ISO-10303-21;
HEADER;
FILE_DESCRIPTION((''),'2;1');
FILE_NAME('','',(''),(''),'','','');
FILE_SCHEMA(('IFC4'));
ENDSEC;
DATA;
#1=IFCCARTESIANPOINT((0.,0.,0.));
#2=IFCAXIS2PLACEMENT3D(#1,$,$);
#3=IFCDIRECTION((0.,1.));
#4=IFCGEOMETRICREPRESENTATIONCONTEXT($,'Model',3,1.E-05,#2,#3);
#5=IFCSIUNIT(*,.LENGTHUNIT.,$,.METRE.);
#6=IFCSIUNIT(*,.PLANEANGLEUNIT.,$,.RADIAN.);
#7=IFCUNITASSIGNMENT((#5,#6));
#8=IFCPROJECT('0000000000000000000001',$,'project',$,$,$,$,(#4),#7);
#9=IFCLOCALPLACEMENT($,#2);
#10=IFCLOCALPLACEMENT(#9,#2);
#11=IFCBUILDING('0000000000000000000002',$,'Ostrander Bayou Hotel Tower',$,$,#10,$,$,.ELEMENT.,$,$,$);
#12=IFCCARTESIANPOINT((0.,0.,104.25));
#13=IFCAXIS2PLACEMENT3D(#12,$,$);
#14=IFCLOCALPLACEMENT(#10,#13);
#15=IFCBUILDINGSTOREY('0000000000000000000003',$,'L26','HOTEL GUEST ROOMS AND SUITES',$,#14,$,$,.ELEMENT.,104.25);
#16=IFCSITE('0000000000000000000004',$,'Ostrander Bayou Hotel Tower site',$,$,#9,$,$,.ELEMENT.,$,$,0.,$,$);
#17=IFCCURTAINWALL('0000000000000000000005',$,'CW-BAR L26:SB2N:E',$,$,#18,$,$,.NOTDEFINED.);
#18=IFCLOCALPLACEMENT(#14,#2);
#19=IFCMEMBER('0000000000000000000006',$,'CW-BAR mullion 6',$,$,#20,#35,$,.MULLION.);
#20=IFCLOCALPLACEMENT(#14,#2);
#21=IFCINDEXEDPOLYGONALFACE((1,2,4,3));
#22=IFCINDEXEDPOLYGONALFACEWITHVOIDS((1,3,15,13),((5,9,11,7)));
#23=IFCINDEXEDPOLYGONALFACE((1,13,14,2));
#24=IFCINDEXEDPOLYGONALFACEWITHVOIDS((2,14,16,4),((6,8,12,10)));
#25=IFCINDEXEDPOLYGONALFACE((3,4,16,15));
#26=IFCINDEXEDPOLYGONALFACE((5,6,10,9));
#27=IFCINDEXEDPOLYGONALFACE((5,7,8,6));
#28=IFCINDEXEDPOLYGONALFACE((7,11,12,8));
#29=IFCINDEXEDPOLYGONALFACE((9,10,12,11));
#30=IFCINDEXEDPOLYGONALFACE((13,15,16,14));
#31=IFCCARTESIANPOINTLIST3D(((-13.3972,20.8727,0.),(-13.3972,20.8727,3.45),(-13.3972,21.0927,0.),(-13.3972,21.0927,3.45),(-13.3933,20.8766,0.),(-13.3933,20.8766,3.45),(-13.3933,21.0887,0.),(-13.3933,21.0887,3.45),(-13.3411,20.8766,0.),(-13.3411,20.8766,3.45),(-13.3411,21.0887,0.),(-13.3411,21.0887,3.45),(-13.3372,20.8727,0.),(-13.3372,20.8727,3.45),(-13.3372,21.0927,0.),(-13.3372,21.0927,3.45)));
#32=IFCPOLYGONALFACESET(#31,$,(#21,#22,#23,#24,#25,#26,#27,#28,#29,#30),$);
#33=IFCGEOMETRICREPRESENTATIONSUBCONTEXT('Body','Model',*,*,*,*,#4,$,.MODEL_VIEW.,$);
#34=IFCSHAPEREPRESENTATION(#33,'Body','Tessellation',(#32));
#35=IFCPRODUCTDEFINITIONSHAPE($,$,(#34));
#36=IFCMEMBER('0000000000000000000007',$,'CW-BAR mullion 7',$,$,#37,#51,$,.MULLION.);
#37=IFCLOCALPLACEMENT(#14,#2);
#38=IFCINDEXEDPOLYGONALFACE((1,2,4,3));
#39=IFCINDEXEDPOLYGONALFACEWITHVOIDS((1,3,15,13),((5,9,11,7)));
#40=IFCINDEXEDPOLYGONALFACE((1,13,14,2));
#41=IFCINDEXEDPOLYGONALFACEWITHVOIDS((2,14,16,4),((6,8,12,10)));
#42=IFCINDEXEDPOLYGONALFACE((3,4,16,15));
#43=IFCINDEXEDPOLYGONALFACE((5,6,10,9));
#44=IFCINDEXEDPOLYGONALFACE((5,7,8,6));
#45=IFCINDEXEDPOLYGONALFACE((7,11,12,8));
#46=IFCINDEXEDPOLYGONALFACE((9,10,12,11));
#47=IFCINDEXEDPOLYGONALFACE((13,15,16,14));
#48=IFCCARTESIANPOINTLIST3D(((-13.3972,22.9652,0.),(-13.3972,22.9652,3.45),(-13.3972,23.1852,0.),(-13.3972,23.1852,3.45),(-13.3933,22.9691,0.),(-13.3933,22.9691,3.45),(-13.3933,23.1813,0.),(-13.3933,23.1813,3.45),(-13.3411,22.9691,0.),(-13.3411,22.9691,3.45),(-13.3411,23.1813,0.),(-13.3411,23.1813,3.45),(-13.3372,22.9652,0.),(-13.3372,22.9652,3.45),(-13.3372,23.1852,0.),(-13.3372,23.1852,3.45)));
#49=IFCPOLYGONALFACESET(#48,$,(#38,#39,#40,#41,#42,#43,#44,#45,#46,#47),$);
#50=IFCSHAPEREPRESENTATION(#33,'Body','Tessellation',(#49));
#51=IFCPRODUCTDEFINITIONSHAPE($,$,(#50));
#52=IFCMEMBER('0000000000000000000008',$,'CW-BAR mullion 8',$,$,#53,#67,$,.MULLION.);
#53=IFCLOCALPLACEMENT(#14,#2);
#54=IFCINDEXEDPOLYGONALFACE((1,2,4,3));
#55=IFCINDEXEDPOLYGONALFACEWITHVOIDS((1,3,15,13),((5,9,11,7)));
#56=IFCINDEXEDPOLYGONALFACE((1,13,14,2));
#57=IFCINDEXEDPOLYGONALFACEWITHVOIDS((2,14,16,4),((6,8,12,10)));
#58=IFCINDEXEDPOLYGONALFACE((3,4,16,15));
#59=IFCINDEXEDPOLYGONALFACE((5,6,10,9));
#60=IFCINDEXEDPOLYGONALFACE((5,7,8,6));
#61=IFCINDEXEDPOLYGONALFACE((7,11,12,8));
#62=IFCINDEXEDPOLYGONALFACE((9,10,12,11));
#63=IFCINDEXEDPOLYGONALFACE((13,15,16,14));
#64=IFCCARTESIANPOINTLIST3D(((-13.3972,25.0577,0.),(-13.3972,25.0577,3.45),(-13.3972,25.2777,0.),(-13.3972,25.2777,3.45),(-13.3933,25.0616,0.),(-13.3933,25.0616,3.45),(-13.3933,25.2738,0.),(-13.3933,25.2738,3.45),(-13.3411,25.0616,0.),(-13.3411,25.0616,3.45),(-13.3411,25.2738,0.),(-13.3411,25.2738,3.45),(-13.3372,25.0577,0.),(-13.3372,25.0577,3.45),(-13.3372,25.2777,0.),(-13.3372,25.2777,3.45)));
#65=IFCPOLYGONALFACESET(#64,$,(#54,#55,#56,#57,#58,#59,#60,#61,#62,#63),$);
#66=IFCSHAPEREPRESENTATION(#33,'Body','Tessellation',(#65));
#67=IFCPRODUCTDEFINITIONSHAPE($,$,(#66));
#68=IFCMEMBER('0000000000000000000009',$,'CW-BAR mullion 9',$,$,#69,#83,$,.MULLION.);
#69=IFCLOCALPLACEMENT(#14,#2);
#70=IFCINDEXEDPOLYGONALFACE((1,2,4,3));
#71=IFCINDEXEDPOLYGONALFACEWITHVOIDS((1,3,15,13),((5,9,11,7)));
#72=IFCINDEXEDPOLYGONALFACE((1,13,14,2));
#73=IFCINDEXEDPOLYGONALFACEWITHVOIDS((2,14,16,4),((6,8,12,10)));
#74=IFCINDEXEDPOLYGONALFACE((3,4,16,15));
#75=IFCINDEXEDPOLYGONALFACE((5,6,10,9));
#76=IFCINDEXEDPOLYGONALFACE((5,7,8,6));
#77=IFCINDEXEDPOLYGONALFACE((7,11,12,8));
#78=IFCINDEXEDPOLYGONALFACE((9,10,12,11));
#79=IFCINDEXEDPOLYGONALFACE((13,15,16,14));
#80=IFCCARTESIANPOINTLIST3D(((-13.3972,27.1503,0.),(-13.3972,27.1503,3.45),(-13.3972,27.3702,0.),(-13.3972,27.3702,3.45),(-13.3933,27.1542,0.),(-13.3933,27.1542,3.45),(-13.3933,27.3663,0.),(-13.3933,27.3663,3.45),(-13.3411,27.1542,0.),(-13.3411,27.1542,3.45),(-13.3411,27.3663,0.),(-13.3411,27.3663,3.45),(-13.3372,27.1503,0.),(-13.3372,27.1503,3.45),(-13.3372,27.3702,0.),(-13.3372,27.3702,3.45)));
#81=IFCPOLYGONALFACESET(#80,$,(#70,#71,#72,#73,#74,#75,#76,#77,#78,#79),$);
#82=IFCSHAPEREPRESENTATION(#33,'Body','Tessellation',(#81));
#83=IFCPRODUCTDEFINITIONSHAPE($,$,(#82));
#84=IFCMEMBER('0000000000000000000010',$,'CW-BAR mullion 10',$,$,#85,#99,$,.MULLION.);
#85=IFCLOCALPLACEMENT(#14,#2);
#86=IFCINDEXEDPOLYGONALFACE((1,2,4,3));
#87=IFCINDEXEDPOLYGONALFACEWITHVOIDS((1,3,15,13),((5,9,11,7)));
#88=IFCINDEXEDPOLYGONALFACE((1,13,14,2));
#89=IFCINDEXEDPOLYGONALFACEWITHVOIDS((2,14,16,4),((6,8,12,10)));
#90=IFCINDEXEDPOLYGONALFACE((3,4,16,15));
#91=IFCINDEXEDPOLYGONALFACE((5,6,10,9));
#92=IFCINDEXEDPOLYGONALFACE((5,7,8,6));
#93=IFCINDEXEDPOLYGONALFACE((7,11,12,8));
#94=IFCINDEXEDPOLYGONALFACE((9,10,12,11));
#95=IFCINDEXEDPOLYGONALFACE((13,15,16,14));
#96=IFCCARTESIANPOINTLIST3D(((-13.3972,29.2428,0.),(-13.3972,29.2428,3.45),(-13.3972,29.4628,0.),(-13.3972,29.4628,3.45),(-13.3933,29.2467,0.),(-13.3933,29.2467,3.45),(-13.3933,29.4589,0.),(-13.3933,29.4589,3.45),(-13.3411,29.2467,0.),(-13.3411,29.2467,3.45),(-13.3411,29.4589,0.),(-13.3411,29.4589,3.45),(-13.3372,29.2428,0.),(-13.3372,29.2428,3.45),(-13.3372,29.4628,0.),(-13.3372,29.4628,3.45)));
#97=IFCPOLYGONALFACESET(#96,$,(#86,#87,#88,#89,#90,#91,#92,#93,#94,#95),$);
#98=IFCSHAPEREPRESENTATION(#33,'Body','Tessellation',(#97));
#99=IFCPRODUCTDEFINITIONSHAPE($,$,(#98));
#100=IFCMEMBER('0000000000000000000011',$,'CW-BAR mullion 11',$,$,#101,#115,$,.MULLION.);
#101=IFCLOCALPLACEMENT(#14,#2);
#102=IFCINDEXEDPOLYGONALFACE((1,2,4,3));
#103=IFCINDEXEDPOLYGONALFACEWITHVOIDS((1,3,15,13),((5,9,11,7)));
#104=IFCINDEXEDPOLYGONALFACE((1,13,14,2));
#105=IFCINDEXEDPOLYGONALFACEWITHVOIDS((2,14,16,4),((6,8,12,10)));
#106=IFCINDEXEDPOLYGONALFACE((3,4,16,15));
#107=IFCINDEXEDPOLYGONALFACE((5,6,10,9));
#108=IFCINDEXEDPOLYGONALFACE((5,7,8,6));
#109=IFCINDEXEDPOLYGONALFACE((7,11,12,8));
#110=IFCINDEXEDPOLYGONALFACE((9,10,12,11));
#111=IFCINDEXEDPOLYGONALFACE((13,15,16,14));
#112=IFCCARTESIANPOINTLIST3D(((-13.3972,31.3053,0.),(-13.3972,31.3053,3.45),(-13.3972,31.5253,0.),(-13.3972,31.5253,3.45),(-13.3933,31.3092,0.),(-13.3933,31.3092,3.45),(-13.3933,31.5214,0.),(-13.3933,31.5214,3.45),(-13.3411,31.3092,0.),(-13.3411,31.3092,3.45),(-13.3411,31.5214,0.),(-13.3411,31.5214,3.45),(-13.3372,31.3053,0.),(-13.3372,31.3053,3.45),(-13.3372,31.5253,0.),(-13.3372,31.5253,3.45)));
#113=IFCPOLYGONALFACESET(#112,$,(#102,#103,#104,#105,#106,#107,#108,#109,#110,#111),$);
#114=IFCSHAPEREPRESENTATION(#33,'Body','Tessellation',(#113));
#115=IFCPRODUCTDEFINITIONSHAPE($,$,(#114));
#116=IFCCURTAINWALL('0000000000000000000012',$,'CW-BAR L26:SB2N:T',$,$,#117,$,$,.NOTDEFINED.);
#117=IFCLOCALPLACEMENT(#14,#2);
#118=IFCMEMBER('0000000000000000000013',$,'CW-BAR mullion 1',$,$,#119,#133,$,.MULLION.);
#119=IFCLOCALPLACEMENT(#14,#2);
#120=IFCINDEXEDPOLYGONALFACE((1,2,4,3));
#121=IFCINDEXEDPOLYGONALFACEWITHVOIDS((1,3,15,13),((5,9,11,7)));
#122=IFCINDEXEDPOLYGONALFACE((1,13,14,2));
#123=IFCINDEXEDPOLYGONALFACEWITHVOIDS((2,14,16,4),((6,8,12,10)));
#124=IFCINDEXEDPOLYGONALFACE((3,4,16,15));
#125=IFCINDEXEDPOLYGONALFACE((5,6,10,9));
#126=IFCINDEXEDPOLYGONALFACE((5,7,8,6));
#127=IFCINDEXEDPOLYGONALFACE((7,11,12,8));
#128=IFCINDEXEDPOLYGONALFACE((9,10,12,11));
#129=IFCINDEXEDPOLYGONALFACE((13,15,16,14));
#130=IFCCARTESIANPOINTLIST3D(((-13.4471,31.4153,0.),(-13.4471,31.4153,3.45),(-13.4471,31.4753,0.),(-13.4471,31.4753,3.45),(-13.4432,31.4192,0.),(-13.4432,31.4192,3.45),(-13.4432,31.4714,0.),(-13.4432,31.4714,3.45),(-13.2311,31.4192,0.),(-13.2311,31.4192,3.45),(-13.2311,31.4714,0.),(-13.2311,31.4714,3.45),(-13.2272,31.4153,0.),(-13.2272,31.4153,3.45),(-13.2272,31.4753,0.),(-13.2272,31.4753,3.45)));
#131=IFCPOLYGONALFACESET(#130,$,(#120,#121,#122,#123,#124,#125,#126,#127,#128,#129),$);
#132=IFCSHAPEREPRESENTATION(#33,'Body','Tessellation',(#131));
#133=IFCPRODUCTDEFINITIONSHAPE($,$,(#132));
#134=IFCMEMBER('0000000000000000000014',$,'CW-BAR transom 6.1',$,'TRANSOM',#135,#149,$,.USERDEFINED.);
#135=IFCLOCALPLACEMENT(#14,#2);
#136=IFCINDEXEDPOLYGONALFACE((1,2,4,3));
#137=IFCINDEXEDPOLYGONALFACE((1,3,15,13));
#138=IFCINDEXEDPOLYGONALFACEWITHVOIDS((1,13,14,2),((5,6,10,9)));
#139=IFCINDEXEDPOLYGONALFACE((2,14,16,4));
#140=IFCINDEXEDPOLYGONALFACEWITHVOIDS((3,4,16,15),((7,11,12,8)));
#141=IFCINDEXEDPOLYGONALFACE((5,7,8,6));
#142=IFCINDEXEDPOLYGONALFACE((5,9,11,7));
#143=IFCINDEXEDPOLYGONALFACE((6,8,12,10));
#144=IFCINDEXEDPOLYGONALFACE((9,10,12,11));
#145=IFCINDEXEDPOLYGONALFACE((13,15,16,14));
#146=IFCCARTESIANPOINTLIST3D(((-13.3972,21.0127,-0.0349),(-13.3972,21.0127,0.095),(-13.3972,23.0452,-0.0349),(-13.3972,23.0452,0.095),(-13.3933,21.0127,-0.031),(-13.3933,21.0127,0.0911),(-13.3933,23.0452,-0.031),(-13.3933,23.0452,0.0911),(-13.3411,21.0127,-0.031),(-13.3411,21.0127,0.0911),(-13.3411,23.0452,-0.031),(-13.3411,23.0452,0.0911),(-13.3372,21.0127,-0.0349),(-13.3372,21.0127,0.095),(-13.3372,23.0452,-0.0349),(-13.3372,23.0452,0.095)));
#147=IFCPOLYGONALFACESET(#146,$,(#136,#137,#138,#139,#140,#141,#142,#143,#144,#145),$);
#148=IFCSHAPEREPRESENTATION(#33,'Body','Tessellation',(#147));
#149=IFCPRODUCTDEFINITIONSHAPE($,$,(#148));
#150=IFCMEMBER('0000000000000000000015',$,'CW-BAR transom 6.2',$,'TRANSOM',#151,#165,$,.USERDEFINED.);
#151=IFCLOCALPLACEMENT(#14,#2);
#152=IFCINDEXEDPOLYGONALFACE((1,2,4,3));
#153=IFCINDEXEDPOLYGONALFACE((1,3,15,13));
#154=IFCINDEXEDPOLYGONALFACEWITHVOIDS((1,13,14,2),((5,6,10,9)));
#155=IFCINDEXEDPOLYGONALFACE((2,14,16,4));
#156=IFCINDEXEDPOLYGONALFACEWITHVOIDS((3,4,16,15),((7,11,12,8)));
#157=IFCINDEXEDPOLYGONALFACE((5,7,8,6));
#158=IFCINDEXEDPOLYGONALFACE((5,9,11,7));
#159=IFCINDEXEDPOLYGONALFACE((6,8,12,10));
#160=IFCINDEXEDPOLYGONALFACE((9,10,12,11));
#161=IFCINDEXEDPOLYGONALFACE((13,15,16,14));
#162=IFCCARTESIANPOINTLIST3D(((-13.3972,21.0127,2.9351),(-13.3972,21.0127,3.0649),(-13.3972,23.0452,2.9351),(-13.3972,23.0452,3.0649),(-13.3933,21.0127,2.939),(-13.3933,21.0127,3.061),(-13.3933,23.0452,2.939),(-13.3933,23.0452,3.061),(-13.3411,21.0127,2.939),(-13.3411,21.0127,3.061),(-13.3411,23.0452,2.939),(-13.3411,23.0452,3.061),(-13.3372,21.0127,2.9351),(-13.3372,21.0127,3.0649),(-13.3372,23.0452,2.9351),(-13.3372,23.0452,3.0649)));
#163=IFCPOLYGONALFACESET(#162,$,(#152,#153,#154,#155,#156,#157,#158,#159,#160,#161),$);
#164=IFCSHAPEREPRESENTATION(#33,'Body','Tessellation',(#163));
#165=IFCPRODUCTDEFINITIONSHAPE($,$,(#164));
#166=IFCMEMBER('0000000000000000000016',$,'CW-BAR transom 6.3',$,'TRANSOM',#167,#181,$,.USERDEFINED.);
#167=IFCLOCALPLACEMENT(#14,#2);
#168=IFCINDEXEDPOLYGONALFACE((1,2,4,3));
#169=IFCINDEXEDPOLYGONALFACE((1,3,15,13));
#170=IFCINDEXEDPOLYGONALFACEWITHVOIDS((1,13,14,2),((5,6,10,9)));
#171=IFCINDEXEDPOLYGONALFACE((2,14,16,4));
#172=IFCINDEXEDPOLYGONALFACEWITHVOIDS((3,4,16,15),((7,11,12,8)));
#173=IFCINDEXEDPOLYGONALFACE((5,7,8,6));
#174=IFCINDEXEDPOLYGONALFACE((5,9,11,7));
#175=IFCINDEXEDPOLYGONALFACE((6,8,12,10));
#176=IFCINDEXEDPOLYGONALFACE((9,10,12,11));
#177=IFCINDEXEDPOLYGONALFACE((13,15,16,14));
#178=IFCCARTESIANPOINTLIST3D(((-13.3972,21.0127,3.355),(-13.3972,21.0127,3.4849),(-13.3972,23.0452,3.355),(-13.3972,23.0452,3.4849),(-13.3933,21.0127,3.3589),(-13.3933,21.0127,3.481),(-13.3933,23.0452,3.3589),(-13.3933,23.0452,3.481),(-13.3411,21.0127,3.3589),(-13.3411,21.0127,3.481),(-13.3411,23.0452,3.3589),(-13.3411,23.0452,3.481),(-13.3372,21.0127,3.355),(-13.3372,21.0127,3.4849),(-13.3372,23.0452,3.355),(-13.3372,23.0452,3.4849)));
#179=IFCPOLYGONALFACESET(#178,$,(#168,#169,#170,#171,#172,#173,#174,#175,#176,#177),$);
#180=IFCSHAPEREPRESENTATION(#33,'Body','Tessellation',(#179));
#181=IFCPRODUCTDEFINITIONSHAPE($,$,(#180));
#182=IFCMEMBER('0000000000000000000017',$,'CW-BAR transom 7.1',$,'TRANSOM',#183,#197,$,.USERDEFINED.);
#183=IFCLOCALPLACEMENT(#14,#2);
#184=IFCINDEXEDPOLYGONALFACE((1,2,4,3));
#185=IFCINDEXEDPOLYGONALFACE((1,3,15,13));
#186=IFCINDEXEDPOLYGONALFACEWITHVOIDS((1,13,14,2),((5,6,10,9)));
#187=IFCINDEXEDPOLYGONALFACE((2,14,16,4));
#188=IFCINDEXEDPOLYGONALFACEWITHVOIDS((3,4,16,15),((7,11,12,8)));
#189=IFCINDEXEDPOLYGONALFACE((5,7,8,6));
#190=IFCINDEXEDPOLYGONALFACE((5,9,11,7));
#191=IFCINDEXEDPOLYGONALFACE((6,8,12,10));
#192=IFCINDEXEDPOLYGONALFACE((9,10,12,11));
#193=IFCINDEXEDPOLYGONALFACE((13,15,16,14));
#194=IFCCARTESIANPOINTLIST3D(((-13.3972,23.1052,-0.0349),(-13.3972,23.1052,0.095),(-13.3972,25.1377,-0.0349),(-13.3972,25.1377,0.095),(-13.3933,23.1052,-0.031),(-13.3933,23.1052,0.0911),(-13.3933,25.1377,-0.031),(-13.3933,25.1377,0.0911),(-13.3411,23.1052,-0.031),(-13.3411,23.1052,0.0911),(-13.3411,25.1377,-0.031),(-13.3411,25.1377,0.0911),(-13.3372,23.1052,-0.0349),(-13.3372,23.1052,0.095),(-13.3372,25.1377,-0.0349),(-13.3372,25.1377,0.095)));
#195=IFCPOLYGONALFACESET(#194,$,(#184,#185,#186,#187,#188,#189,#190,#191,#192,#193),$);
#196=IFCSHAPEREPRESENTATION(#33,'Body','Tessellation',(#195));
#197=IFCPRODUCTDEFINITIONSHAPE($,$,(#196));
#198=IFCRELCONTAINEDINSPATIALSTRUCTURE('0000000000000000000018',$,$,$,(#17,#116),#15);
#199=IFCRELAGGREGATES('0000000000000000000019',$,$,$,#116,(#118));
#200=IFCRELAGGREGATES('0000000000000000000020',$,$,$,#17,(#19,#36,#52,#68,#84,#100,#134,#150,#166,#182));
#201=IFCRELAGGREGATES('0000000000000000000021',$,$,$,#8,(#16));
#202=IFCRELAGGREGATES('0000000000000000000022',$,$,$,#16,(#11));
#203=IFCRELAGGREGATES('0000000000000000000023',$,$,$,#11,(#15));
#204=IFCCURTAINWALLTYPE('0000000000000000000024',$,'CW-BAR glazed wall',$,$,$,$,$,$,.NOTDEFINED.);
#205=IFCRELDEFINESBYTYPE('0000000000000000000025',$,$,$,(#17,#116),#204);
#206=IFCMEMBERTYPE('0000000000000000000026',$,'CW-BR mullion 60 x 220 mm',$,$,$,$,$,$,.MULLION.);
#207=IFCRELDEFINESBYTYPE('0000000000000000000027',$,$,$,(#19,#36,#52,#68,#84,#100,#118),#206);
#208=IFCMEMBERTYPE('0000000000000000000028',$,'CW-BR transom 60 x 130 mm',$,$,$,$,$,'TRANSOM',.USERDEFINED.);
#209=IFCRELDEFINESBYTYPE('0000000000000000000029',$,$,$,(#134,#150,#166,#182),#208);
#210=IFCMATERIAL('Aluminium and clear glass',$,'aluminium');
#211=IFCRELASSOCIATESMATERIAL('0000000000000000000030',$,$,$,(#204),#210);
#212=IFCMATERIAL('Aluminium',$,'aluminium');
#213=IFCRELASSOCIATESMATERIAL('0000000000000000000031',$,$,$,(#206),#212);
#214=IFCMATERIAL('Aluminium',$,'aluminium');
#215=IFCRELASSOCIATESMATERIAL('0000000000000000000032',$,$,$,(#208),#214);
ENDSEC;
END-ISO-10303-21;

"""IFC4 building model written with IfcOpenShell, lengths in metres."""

from ifc_helpers import new_model, si_unit, direction, frame, origin, origin_2d, place, context, subcontext, project, spatial, hollow_rectangle, extrude, material, material_profile, profile_set, type_object, element, aggregate, save


model = new_model("IFC4")

# Units and contexts
model_context = context("Model", 3, precision=1e-05, world=origin(), true_north=direction((0.0, 1.0)))
body_context = subcontext(model_context, "Body", "Model", "MODEL_VIEW")
ifc_project = project(units=[si_unit("LENGTHUNIT", "METRE"), si_unit("PLANEANGLEUNIT", "RADIAN")], contexts=[model_context])

# Site, building, storey
site_placement = place(None, origin())
site = spatial("IfcSite", under=ifc_project, at=site_placement, Name="Ostrander Bayou Hotel Tower site", CompositionType="ELEMENT", RefElevation=0.0)
building_placement = place(site_placement, origin())
building = spatial("IfcBuilding", under=site, at=building_placement, Name="Ostrander Bayou Hotel Tower", CompositionType="ELEMENT")
storey_placement = place(building_placement, frame((0.0, 0.0, 104.25)))
storey = spatial("IfcBuildingStorey", under=building, at=storey_placement, Name="L26", Description="HOTEL GUEST ROOMS AND SUITES", CompositionType="ELEMENT", Elevation=104.25)

# Curtain wall, members
ifc_material_1 = material(Name="Aluminium and clear glass", Category="aluminium")
curtain_wall_type = type_object("IfcCurtainWallType", Name="CW-BAR glazed wall", PredefinedType="NOTDEFINED", material=ifc_material_1)
curtain_wall_1_placement = place(storey_placement, origin())
curtain_wall_1 = element("IfcCurtainWall", 1, at=curtain_wall_1_placement, inside=storey, type_object=curtain_wall_type, Name="CW-BAR L26:SB2N:E", PredefinedType="NOTDEFINED")
ifc_material_2 = material(Name="Aluminium", Category="aluminium")
ifc_material_profile_1 = material_profile(ifc_material_2, hollow_rectangle(XDim=0.0601, YDim=0.22, WallThickness=0.0039, at=origin_2d()))
ifc_profile_set_1 = profile_set([ifc_material_profile_1], Name="Aluminium")
member_type_1 = type_object("IfcMemberType", Name="CW-BR mullion 60 x 220 mm", PredefinedType="MULLION", material=ifc_profile_set_1)
member_1_placement = place(storey_placement, frame((-13.3672, 20.9827, 0.0), z_axis=(0.0, 0.0, 1.0), x_axis=(-1.0, 0.0, 0.0)))
member_1 = element("IfcMember", 2, at=member_1_placement, type_object=member_type_1, Name="CW-BAR mullion 6", PredefinedType="MULLION", context=body_context, shape_type="SweptSolid", body=[
    extrude(hollow_rectangle(XDim=0.0601, YDim=0.22, WallThickness=0.0039, at=origin_2d()), origin(), (0.0, 0.0, 1.0), 3.45),
])
member_2_placement = place(storey_placement, frame((-13.3672, 23.0752, 0.0), z_axis=(0.0, 0.0, 1.0), x_axis=(-1.0, 0.0, 0.0)))
member_2 = element("IfcMember", 3, at=member_2_placement, type_object=member_type_1, Name="CW-BAR mullion 7", PredefinedType="MULLION", context=body_context, shape_type="SweptSolid", body=[
    extrude(hollow_rectangle(XDim=0.0601, YDim=0.22, WallThickness=0.0039, at=origin_2d()), origin(), (0.0, 0.0, 1.0), 3.45),
])
member_3_placement = place(storey_placement, frame((-13.3672, 25.1677, 0.0), z_axis=(0.0, 0.0, 1.0), x_axis=(-1.0, 0.0, 0.0)))
member_3 = element("IfcMember", 4, at=member_3_placement, type_object=member_type_1, Name="CW-BAR mullion 8", PredefinedType="MULLION", context=body_context, shape_type="SweptSolid", body=[
    extrude(hollow_rectangle(XDim=0.0601, YDim=0.22, WallThickness=0.0039, at=origin_2d()), origin(), (0.0, 0.0, 1.0), 3.45),
])
member_4_placement = place(storey_placement, frame((-13.3672, 27.2603, 0.0), z_axis=(0.0, 0.0, 1.0), x_axis=(-1.0, 0.0, 0.0)))
member_4 = element("IfcMember", 5, at=member_4_placement, type_object=member_type_1, Name="CW-BAR mullion 9", PredefinedType="MULLION", context=body_context, shape_type="SweptSolid", body=[
    extrude(hollow_rectangle(XDim=0.0601, YDim=0.22, WallThickness=0.0039, at=origin_2d()), origin(), (0.0, 0.0, 1.0), 3.45),
])
member_5_placement = place(storey_placement, frame((-13.3672, 29.3528, 0.0), z_axis=(0.0, 0.0, 1.0), x_axis=(-1.0, 0.0, 0.0)))
member_5 = element("IfcMember", 6, at=member_5_placement, type_object=member_type_1, Name="CW-BAR mullion 10", PredefinedType="MULLION", context=body_context, shape_type="SweptSolid", body=[
    extrude(hollow_rectangle(XDim=0.0601, YDim=0.22, WallThickness=0.0039, at=origin_2d()), origin(), (0.0, 0.0, 1.0), 3.45),
])
member_6_placement = place(storey_placement, frame((-13.3672, 31.4153, 0.0), z_axis=(0.0, 0.0, 1.0), x_axis=(-1.0, 0.0, 0.0)))
member_6 = element("IfcMember", 7, at=member_6_placement, type_object=member_type_1, Name="CW-BAR mullion 11", PredefinedType="MULLION", context=body_context, shape_type="SweptSolid", body=[
    extrude(hollow_rectangle(XDim=0.0601, YDim=0.22, WallThickness=0.0039, at=origin_2d()), origin(), (0.0, 0.0, 1.0), 3.45),
])

# Curtain wall, member
curtain_wall_2_placement = place(storey_placement, origin())
curtain_wall_2 = element("IfcCurtainWall", 8, at=curtain_wall_2_placement, inside=storey, type_object=curtain_wall_type, Name="CW-BAR L26:SB2N:T", PredefinedType="NOTDEFINED")
member_7_placement = place(storey_placement, frame((-13.3372, 31.4453, 0.0), z_axis=(0.0, 0.0, 1.0), x_axis=(0.0, 1.0, 0.0)))
member_7 = element("IfcMember", 9, at=member_7_placement, type_object=member_type_1, Name="CW-BAR mullion 1", PredefinedType="MULLION", context=body_context, shape_type="SweptSolid", body=[
    extrude(hollow_rectangle(XDim=0.0601, YDim=0.22, WallThickness=0.0039, at=origin_2d()), origin(), (0.0, 0.0, 1.0), 3.45),
])
aggregate(curtain_wall_2, [member_7])

# Members
ifc_material_3 = material(Name="Aluminium", Category="aluminium")
ifc_material_profile_2 = material_profile(ifc_material_3, hollow_rectangle(XDim=0.0601, YDim=0.1299, WallThickness=0.0039, at=origin_2d()))
ifc_profile_set_2 = profile_set([ifc_material_profile_2], Name="Aluminium")
member_type_2 = type_object("IfcMemberType", Name="CW-BR transom 60 x 130 mm", ElementType="TRANSOM", PredefinedType="USERDEFINED", material=ifc_profile_set_2)
member_8_placement = place(storey_placement, frame((-13.3672, 21.0127, 0.03), z_axis=(0.0, 1.0, 0.0), x_axis=(-1.0, 0.0, 0.0)))
member_8 = element("IfcMember", 10, at=member_8_placement, type_object=member_type_2, Name="CW-BAR transom 6.1", ObjectType="TRANSOM", PredefinedType="USERDEFINED", context=body_context, shape_type="SweptSolid", body=[
    extrude(hollow_rectangle(XDim=0.0601, YDim=0.1299, WallThickness=0.0039, at=origin_2d()), origin(), (0.0, 0.0, 1.0), 2.0325),
])
member_9_placement = place(storey_placement, frame((-13.3672, 21.0127, 3.0), z_axis=(0.0, 1.0, 0.0), x_axis=(-1.0, 0.0, 0.0)))
member_9 = element("IfcMember", 11, at=member_9_placement, type_object=member_type_2, Name="CW-BAR transom 6.2", ObjectType="TRANSOM", PredefinedType="USERDEFINED", context=body_context, shape_type="SweptSolid", body=[
    extrude(hollow_rectangle(XDim=0.0601, YDim=0.1299, WallThickness=0.0039, at=origin_2d()), origin(), (0.0, 0.0, 1.0), 2.0325),
])
member_10_placement = place(storey_placement, frame((-13.3672, 21.0127, 3.4199), z_axis=(0.0, 1.0, 0.0), x_axis=(-1.0, 0.0, 0.0)))
member_10 = element("IfcMember", 12, at=member_10_placement, type_object=member_type_2, Name="CW-BAR transom 6.3", ObjectType="TRANSOM", PredefinedType="USERDEFINED", context=body_context, shape_type="SweptSolid", body=[
    extrude(hollow_rectangle(XDim=0.0601, YDim=0.1299, WallThickness=0.0039, at=origin_2d()), origin(), (0.0, 0.0, 1.0), 2.0325),
])
member_11_placement = place(storey_placement, frame((-13.3672, 23.1052, 0.03), z_axis=(0.0, 1.0, 0.0), x_axis=(-1.0, 0.0, 0.0)))
member_11 = element("IfcMember", 13, at=member_11_placement, type_object=member_type_2, Name="CW-BAR transom 7.1", ObjectType="TRANSOM", PredefinedType="USERDEFINED", context=body_context, shape_type="SweptSolid", body=[
    extrude(hollow_rectangle(XDim=0.0601, YDim=0.1299, WallThickness=0.0039, at=origin_2d()), origin(), (0.0, 0.0, 1.0), 2.0325),
])

aggregate(curtain_wall_1, [member_1, member_2, member_3, member_4, member_5, member_6, member_8, member_9, member_10, member_11])

save(model, "model.ifc")
